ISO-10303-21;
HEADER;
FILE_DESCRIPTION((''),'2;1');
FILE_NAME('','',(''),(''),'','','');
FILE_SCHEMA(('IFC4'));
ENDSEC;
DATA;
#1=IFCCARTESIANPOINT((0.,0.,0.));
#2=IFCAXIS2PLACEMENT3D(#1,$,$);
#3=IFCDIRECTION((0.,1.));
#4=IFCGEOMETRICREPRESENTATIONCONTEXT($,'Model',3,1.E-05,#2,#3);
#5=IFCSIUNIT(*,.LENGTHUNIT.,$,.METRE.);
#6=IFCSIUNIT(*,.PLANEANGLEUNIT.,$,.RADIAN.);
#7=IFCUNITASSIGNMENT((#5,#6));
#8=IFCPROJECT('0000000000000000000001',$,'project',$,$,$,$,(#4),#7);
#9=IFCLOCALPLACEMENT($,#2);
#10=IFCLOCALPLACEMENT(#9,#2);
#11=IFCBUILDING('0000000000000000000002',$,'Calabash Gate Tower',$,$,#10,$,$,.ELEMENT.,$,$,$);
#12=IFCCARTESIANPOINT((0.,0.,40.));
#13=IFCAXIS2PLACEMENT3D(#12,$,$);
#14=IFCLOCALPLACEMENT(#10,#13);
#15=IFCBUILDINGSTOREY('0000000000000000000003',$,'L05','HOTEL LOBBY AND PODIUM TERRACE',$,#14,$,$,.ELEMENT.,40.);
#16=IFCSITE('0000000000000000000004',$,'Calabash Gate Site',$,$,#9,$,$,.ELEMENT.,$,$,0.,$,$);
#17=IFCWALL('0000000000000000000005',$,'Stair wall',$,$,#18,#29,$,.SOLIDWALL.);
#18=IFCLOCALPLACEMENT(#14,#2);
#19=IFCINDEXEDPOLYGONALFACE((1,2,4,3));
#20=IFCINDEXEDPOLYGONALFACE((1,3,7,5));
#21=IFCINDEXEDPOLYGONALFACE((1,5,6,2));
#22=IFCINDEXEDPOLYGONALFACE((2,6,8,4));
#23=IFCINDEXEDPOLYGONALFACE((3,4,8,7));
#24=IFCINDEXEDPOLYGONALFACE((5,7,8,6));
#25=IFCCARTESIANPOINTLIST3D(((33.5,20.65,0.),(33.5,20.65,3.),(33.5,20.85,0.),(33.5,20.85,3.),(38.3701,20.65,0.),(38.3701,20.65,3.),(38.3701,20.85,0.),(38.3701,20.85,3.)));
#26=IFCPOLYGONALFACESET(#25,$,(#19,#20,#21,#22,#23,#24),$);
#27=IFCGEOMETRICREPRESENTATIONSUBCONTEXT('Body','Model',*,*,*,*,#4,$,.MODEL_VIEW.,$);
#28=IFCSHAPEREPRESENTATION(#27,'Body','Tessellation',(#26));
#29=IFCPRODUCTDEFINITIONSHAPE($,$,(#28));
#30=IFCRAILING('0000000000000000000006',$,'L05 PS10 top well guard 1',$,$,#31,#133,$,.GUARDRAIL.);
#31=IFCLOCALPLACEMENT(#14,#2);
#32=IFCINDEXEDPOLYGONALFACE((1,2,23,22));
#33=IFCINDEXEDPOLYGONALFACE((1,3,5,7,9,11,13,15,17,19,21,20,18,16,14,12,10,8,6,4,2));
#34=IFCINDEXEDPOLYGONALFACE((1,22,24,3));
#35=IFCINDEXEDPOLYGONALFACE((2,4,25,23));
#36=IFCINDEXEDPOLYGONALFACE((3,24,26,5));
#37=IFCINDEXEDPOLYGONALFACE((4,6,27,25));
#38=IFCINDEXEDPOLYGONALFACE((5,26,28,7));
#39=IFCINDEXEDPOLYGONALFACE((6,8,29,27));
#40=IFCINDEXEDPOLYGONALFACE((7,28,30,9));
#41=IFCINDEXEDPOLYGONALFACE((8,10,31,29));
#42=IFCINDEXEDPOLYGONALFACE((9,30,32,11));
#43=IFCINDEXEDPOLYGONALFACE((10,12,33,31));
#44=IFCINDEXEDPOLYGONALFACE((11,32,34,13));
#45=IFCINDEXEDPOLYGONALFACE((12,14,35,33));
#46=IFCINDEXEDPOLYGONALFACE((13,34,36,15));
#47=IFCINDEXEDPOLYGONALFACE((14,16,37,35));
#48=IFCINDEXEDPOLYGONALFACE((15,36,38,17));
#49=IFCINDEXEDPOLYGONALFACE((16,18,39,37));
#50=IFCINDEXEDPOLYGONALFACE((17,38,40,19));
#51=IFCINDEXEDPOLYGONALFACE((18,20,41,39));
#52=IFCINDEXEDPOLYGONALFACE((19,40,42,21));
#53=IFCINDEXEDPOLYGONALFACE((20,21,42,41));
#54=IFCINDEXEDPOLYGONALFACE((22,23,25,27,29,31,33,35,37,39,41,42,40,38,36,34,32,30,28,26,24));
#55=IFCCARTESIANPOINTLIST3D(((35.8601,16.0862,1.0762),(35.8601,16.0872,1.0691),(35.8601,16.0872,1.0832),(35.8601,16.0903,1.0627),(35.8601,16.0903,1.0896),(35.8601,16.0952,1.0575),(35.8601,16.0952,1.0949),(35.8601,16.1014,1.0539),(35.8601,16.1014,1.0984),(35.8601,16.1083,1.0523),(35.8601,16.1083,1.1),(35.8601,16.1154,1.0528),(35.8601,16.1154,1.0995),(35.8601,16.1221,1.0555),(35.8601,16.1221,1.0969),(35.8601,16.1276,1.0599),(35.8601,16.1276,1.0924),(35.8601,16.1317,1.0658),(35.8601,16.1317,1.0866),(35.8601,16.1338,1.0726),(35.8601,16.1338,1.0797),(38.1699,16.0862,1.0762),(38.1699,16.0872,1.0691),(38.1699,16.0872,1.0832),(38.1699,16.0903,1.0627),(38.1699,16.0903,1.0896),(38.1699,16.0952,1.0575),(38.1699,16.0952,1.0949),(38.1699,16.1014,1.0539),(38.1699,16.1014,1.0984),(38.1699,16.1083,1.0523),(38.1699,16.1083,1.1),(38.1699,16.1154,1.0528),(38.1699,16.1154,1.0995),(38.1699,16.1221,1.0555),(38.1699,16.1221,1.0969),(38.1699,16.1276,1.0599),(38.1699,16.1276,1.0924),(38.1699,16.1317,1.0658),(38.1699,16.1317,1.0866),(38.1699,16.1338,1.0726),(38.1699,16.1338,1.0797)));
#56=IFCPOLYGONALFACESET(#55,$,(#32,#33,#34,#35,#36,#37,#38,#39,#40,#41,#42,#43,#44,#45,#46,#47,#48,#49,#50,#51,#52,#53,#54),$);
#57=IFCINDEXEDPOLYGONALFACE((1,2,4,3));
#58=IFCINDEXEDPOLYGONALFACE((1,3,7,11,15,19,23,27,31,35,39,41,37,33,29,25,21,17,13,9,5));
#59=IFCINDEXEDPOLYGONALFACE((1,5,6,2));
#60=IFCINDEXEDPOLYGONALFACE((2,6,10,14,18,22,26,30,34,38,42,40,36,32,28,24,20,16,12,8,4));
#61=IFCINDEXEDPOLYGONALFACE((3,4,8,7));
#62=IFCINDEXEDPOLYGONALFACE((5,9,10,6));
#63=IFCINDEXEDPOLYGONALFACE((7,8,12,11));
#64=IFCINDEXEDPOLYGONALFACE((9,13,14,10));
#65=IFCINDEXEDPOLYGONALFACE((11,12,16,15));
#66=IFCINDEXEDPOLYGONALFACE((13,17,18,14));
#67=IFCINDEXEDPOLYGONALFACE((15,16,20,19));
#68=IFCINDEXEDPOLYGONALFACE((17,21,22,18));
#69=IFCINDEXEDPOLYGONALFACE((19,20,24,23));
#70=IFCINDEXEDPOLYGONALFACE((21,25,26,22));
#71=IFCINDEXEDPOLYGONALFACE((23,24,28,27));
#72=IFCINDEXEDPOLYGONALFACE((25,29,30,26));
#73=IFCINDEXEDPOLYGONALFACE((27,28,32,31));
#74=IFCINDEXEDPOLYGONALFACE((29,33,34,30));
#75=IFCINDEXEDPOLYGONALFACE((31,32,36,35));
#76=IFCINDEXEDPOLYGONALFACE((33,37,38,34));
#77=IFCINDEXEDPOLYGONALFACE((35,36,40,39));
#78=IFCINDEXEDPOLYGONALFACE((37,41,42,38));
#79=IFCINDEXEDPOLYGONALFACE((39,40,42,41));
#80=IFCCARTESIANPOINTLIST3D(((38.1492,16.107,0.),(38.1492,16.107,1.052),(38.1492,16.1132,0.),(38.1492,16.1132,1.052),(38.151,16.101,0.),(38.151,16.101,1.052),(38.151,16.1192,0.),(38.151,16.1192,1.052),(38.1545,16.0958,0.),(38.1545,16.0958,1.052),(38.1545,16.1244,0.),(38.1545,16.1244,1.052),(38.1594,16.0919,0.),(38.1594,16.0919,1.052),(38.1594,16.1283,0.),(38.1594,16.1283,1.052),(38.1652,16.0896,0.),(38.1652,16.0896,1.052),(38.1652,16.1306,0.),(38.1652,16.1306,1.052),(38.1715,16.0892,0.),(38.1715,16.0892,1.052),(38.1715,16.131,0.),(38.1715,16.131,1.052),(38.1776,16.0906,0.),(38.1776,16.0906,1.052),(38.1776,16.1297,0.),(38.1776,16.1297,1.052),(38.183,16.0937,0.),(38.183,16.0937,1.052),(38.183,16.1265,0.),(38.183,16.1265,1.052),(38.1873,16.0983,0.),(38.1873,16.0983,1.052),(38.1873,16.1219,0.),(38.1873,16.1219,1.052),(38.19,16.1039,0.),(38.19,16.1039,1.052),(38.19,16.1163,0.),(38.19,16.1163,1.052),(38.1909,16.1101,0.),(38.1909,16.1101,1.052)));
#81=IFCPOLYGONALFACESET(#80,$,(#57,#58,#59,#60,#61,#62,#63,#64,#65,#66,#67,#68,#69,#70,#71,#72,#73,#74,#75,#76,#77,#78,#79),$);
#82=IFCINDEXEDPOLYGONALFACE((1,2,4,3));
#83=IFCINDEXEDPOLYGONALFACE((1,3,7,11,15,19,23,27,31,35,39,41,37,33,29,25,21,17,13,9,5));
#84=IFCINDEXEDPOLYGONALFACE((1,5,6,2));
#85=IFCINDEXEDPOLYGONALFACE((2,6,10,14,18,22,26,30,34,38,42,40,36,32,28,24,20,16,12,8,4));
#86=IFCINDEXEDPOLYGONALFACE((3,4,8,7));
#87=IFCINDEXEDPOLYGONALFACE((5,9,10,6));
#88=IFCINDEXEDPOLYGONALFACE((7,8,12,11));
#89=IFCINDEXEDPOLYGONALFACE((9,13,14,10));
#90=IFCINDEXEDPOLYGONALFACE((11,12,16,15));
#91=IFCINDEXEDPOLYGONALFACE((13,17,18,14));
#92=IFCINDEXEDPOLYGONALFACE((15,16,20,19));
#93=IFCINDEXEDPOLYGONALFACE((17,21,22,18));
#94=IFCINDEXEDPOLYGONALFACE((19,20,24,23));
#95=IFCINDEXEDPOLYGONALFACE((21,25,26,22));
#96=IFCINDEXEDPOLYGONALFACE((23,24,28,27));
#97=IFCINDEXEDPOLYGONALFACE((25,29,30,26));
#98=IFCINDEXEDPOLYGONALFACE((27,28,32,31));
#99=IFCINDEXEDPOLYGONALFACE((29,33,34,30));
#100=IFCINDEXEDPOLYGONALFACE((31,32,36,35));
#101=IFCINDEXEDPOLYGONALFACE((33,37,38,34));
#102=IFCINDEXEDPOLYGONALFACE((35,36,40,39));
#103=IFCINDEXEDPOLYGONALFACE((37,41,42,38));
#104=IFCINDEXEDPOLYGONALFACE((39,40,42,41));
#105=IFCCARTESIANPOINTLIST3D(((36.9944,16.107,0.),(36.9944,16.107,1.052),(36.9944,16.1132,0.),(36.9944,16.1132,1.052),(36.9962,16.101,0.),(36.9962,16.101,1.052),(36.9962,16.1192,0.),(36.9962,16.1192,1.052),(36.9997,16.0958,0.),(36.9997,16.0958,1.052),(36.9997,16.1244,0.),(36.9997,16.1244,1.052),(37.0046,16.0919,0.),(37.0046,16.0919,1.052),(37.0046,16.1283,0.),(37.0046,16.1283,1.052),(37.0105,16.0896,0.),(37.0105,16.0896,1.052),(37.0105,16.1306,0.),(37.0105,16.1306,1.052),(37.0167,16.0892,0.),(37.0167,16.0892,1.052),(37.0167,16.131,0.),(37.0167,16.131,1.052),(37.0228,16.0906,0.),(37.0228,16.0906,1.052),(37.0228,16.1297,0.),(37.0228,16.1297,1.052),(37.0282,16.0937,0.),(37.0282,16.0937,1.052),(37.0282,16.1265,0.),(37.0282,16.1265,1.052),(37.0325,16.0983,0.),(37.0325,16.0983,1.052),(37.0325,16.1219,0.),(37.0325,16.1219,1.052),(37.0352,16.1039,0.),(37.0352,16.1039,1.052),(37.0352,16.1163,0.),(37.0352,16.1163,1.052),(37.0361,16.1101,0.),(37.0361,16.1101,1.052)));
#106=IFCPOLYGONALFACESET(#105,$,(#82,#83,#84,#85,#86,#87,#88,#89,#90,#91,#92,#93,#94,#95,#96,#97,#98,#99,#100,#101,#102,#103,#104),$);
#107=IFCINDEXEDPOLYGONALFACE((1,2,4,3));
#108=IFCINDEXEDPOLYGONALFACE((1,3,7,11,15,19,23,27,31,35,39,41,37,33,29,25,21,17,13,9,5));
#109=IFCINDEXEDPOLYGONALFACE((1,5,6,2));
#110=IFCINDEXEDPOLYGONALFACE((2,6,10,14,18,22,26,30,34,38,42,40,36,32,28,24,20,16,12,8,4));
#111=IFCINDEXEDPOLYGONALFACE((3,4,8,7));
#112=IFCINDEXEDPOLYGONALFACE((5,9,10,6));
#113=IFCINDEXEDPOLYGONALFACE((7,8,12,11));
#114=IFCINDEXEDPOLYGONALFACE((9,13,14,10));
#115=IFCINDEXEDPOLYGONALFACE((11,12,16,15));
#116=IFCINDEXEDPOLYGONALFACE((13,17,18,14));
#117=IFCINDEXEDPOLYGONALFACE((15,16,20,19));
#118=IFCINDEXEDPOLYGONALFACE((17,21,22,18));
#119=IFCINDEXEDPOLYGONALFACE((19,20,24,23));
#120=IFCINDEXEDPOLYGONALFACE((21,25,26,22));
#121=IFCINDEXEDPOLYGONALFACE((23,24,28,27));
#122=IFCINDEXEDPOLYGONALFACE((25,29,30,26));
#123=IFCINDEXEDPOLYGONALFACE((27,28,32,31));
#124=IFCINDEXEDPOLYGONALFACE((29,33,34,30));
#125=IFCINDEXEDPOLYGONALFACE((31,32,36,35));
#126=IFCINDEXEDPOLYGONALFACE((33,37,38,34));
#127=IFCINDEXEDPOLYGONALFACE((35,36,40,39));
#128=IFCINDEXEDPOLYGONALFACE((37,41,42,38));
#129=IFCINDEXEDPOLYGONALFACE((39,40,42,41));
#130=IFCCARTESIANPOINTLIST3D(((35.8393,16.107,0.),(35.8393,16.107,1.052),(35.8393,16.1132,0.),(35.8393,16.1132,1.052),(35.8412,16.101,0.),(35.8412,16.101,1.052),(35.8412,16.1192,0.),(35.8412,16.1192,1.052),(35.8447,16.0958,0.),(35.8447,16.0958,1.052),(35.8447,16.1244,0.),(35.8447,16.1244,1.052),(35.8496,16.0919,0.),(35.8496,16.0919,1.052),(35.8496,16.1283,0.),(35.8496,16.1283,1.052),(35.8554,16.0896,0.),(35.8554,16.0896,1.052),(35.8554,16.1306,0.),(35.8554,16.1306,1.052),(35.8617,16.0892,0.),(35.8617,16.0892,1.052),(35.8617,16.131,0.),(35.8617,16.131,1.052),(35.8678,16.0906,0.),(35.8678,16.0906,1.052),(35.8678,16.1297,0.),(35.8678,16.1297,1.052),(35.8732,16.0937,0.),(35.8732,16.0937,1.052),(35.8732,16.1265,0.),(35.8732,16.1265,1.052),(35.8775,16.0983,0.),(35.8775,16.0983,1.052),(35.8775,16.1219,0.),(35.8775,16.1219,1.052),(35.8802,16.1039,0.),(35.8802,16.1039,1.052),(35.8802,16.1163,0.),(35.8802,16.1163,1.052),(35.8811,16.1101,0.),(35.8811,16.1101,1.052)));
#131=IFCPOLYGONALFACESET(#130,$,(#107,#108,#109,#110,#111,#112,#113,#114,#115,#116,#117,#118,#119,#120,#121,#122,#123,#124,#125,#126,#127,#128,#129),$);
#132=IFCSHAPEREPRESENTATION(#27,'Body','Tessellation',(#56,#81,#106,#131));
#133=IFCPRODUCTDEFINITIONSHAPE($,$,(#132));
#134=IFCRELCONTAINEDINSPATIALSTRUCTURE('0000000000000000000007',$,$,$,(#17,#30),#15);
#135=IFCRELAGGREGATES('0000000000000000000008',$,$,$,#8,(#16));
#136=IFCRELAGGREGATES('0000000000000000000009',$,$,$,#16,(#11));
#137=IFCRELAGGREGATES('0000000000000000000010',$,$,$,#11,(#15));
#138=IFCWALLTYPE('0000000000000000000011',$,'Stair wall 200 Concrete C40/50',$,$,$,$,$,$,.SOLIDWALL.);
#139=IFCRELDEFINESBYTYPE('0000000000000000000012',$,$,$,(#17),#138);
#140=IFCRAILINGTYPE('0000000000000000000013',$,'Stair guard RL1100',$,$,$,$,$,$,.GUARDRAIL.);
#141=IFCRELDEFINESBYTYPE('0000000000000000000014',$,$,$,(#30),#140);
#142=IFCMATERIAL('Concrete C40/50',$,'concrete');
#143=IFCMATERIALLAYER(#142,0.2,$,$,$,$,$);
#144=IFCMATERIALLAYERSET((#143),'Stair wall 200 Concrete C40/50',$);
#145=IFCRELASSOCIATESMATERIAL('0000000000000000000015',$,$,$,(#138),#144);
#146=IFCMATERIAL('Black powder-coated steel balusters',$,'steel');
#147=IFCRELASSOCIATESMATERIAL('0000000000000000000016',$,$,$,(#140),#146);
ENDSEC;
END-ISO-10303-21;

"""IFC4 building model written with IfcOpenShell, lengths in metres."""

from ifc_helpers import new_model, si_unit, direction, frame, frame_2d, origin, origin_2d, place, context, subcontext, project, spatial, rectangle, circle, extrude, material, layer, layer_set, type_object, element, save


model = new_model("IFC4")

# Units and contexts
model_context = context("Model", 3, precision=1e-05, world=origin(), true_north=direction((0.0, 1.0)))
body_context = subcontext(model_context, "Body", "Model", "MODEL_VIEW")
ifc_project = project(units=[si_unit("LENGTHUNIT", "METRE"), si_unit("PLANEANGLEUNIT", "RADIAN")], contexts=[model_context])

# Site, building, storey
site_placement = place(None, origin())
site = spatial("IfcSite", under=ifc_project, at=site_placement, Name="Calabash Gate Site", CompositionType="ELEMENT", RefElevation=0.0)
building_placement = place(site_placement, origin())
building = spatial("IfcBuilding", under=site, at=building_placement, Name="Calabash Gate Tower", CompositionType="ELEMENT")
storey_placement = place(building_placement, frame((0.0, 0.0, 40.0)))
storey = spatial("IfcBuildingStorey", under=building, at=storey_placement, Name="L05", Description="HOTEL LOBBY AND PODIUM TERRACE", CompositionType="ELEMENT", Elevation=40.0)

# Wall
ifc_material_1 = material(Name="Concrete C40/50", Category="concrete")
ifc_layer_1 = layer(ifc_material_1, 0.2)
ifc_layer_set_1 = layer_set([ifc_layer_1], Name="Stair wall 200 Concrete C40/50")
wall_type = type_object("IfcWallType", Name="Stair wall 200 Concrete C40/50", PredefinedType="SOLIDWALL", material=ifc_layer_set_1)
for number, where, z_axis, x_axis, name in (
    (1, (33.5, 20.75, 0.0), (0.0, 0.0, 1.0), (1.0, 0.0, 0.0), "Stair wall"),
):
    element("IfcWall", number, at=place(storey_placement, frame(where, z_axis=z_axis, x_axis=x_axis)), inside=storey, type_object=wall_type, Name=name, PredefinedType="SOLIDWALL", context=body_context, shape_type="SweptSolid", body=[
        extrude(rectangle(XDim=4.8701, YDim=0.2, at=frame_2d((2.4351, 0.0))), origin(), (0.0, 0.0, 1.0), 3.0),
    ])

# Railing
ifc_material_2 = material(Name="Black powder-coated steel balusters", Category="steel")
railing_type_1 = type_object("IfcRailingType", Name="Stair guard RL1100", PredefinedType="GUARDRAIL", material=ifc_material_2)
railing_1_placement = place(storey_placement, frame((38.1699, 16.1101, 0.0)))
element("IfcRailing", 2, at=railing_1_placement, inside=storey, type_object=railing_type_1, Name="L05 PS10 top well guard 1", PredefinedType="GUARDRAIL", context=body_context, shape_type="SweptSolid", body=[
    extrude(circle(Radius=0.0239, at=origin_2d()), frame((0.0, 0.0, 1.0762), z_axis=(-1.0, 0.0, 0.0), x_axis=(0.0, -1.0, 0.0)), (0.0, 0.0, 1.0), 2.3098),
    extrude(circle(Radius=0.021, at=origin_2d()), origin(), (0.0, 0.0, 1.0), 1.052),
    extrude(circle(Radius=0.021, at=origin_2d()), frame((-1.1548, 0.0, 0.0)), (0.0, 0.0, 1.0), 1.052),
    extrude(circle(Radius=0.021, at=origin_2d()), frame((-2.3098, 0.0, 0.0)), (0.0, 0.0, 1.0), 1.052),
])

save(model, "model.ifc")
